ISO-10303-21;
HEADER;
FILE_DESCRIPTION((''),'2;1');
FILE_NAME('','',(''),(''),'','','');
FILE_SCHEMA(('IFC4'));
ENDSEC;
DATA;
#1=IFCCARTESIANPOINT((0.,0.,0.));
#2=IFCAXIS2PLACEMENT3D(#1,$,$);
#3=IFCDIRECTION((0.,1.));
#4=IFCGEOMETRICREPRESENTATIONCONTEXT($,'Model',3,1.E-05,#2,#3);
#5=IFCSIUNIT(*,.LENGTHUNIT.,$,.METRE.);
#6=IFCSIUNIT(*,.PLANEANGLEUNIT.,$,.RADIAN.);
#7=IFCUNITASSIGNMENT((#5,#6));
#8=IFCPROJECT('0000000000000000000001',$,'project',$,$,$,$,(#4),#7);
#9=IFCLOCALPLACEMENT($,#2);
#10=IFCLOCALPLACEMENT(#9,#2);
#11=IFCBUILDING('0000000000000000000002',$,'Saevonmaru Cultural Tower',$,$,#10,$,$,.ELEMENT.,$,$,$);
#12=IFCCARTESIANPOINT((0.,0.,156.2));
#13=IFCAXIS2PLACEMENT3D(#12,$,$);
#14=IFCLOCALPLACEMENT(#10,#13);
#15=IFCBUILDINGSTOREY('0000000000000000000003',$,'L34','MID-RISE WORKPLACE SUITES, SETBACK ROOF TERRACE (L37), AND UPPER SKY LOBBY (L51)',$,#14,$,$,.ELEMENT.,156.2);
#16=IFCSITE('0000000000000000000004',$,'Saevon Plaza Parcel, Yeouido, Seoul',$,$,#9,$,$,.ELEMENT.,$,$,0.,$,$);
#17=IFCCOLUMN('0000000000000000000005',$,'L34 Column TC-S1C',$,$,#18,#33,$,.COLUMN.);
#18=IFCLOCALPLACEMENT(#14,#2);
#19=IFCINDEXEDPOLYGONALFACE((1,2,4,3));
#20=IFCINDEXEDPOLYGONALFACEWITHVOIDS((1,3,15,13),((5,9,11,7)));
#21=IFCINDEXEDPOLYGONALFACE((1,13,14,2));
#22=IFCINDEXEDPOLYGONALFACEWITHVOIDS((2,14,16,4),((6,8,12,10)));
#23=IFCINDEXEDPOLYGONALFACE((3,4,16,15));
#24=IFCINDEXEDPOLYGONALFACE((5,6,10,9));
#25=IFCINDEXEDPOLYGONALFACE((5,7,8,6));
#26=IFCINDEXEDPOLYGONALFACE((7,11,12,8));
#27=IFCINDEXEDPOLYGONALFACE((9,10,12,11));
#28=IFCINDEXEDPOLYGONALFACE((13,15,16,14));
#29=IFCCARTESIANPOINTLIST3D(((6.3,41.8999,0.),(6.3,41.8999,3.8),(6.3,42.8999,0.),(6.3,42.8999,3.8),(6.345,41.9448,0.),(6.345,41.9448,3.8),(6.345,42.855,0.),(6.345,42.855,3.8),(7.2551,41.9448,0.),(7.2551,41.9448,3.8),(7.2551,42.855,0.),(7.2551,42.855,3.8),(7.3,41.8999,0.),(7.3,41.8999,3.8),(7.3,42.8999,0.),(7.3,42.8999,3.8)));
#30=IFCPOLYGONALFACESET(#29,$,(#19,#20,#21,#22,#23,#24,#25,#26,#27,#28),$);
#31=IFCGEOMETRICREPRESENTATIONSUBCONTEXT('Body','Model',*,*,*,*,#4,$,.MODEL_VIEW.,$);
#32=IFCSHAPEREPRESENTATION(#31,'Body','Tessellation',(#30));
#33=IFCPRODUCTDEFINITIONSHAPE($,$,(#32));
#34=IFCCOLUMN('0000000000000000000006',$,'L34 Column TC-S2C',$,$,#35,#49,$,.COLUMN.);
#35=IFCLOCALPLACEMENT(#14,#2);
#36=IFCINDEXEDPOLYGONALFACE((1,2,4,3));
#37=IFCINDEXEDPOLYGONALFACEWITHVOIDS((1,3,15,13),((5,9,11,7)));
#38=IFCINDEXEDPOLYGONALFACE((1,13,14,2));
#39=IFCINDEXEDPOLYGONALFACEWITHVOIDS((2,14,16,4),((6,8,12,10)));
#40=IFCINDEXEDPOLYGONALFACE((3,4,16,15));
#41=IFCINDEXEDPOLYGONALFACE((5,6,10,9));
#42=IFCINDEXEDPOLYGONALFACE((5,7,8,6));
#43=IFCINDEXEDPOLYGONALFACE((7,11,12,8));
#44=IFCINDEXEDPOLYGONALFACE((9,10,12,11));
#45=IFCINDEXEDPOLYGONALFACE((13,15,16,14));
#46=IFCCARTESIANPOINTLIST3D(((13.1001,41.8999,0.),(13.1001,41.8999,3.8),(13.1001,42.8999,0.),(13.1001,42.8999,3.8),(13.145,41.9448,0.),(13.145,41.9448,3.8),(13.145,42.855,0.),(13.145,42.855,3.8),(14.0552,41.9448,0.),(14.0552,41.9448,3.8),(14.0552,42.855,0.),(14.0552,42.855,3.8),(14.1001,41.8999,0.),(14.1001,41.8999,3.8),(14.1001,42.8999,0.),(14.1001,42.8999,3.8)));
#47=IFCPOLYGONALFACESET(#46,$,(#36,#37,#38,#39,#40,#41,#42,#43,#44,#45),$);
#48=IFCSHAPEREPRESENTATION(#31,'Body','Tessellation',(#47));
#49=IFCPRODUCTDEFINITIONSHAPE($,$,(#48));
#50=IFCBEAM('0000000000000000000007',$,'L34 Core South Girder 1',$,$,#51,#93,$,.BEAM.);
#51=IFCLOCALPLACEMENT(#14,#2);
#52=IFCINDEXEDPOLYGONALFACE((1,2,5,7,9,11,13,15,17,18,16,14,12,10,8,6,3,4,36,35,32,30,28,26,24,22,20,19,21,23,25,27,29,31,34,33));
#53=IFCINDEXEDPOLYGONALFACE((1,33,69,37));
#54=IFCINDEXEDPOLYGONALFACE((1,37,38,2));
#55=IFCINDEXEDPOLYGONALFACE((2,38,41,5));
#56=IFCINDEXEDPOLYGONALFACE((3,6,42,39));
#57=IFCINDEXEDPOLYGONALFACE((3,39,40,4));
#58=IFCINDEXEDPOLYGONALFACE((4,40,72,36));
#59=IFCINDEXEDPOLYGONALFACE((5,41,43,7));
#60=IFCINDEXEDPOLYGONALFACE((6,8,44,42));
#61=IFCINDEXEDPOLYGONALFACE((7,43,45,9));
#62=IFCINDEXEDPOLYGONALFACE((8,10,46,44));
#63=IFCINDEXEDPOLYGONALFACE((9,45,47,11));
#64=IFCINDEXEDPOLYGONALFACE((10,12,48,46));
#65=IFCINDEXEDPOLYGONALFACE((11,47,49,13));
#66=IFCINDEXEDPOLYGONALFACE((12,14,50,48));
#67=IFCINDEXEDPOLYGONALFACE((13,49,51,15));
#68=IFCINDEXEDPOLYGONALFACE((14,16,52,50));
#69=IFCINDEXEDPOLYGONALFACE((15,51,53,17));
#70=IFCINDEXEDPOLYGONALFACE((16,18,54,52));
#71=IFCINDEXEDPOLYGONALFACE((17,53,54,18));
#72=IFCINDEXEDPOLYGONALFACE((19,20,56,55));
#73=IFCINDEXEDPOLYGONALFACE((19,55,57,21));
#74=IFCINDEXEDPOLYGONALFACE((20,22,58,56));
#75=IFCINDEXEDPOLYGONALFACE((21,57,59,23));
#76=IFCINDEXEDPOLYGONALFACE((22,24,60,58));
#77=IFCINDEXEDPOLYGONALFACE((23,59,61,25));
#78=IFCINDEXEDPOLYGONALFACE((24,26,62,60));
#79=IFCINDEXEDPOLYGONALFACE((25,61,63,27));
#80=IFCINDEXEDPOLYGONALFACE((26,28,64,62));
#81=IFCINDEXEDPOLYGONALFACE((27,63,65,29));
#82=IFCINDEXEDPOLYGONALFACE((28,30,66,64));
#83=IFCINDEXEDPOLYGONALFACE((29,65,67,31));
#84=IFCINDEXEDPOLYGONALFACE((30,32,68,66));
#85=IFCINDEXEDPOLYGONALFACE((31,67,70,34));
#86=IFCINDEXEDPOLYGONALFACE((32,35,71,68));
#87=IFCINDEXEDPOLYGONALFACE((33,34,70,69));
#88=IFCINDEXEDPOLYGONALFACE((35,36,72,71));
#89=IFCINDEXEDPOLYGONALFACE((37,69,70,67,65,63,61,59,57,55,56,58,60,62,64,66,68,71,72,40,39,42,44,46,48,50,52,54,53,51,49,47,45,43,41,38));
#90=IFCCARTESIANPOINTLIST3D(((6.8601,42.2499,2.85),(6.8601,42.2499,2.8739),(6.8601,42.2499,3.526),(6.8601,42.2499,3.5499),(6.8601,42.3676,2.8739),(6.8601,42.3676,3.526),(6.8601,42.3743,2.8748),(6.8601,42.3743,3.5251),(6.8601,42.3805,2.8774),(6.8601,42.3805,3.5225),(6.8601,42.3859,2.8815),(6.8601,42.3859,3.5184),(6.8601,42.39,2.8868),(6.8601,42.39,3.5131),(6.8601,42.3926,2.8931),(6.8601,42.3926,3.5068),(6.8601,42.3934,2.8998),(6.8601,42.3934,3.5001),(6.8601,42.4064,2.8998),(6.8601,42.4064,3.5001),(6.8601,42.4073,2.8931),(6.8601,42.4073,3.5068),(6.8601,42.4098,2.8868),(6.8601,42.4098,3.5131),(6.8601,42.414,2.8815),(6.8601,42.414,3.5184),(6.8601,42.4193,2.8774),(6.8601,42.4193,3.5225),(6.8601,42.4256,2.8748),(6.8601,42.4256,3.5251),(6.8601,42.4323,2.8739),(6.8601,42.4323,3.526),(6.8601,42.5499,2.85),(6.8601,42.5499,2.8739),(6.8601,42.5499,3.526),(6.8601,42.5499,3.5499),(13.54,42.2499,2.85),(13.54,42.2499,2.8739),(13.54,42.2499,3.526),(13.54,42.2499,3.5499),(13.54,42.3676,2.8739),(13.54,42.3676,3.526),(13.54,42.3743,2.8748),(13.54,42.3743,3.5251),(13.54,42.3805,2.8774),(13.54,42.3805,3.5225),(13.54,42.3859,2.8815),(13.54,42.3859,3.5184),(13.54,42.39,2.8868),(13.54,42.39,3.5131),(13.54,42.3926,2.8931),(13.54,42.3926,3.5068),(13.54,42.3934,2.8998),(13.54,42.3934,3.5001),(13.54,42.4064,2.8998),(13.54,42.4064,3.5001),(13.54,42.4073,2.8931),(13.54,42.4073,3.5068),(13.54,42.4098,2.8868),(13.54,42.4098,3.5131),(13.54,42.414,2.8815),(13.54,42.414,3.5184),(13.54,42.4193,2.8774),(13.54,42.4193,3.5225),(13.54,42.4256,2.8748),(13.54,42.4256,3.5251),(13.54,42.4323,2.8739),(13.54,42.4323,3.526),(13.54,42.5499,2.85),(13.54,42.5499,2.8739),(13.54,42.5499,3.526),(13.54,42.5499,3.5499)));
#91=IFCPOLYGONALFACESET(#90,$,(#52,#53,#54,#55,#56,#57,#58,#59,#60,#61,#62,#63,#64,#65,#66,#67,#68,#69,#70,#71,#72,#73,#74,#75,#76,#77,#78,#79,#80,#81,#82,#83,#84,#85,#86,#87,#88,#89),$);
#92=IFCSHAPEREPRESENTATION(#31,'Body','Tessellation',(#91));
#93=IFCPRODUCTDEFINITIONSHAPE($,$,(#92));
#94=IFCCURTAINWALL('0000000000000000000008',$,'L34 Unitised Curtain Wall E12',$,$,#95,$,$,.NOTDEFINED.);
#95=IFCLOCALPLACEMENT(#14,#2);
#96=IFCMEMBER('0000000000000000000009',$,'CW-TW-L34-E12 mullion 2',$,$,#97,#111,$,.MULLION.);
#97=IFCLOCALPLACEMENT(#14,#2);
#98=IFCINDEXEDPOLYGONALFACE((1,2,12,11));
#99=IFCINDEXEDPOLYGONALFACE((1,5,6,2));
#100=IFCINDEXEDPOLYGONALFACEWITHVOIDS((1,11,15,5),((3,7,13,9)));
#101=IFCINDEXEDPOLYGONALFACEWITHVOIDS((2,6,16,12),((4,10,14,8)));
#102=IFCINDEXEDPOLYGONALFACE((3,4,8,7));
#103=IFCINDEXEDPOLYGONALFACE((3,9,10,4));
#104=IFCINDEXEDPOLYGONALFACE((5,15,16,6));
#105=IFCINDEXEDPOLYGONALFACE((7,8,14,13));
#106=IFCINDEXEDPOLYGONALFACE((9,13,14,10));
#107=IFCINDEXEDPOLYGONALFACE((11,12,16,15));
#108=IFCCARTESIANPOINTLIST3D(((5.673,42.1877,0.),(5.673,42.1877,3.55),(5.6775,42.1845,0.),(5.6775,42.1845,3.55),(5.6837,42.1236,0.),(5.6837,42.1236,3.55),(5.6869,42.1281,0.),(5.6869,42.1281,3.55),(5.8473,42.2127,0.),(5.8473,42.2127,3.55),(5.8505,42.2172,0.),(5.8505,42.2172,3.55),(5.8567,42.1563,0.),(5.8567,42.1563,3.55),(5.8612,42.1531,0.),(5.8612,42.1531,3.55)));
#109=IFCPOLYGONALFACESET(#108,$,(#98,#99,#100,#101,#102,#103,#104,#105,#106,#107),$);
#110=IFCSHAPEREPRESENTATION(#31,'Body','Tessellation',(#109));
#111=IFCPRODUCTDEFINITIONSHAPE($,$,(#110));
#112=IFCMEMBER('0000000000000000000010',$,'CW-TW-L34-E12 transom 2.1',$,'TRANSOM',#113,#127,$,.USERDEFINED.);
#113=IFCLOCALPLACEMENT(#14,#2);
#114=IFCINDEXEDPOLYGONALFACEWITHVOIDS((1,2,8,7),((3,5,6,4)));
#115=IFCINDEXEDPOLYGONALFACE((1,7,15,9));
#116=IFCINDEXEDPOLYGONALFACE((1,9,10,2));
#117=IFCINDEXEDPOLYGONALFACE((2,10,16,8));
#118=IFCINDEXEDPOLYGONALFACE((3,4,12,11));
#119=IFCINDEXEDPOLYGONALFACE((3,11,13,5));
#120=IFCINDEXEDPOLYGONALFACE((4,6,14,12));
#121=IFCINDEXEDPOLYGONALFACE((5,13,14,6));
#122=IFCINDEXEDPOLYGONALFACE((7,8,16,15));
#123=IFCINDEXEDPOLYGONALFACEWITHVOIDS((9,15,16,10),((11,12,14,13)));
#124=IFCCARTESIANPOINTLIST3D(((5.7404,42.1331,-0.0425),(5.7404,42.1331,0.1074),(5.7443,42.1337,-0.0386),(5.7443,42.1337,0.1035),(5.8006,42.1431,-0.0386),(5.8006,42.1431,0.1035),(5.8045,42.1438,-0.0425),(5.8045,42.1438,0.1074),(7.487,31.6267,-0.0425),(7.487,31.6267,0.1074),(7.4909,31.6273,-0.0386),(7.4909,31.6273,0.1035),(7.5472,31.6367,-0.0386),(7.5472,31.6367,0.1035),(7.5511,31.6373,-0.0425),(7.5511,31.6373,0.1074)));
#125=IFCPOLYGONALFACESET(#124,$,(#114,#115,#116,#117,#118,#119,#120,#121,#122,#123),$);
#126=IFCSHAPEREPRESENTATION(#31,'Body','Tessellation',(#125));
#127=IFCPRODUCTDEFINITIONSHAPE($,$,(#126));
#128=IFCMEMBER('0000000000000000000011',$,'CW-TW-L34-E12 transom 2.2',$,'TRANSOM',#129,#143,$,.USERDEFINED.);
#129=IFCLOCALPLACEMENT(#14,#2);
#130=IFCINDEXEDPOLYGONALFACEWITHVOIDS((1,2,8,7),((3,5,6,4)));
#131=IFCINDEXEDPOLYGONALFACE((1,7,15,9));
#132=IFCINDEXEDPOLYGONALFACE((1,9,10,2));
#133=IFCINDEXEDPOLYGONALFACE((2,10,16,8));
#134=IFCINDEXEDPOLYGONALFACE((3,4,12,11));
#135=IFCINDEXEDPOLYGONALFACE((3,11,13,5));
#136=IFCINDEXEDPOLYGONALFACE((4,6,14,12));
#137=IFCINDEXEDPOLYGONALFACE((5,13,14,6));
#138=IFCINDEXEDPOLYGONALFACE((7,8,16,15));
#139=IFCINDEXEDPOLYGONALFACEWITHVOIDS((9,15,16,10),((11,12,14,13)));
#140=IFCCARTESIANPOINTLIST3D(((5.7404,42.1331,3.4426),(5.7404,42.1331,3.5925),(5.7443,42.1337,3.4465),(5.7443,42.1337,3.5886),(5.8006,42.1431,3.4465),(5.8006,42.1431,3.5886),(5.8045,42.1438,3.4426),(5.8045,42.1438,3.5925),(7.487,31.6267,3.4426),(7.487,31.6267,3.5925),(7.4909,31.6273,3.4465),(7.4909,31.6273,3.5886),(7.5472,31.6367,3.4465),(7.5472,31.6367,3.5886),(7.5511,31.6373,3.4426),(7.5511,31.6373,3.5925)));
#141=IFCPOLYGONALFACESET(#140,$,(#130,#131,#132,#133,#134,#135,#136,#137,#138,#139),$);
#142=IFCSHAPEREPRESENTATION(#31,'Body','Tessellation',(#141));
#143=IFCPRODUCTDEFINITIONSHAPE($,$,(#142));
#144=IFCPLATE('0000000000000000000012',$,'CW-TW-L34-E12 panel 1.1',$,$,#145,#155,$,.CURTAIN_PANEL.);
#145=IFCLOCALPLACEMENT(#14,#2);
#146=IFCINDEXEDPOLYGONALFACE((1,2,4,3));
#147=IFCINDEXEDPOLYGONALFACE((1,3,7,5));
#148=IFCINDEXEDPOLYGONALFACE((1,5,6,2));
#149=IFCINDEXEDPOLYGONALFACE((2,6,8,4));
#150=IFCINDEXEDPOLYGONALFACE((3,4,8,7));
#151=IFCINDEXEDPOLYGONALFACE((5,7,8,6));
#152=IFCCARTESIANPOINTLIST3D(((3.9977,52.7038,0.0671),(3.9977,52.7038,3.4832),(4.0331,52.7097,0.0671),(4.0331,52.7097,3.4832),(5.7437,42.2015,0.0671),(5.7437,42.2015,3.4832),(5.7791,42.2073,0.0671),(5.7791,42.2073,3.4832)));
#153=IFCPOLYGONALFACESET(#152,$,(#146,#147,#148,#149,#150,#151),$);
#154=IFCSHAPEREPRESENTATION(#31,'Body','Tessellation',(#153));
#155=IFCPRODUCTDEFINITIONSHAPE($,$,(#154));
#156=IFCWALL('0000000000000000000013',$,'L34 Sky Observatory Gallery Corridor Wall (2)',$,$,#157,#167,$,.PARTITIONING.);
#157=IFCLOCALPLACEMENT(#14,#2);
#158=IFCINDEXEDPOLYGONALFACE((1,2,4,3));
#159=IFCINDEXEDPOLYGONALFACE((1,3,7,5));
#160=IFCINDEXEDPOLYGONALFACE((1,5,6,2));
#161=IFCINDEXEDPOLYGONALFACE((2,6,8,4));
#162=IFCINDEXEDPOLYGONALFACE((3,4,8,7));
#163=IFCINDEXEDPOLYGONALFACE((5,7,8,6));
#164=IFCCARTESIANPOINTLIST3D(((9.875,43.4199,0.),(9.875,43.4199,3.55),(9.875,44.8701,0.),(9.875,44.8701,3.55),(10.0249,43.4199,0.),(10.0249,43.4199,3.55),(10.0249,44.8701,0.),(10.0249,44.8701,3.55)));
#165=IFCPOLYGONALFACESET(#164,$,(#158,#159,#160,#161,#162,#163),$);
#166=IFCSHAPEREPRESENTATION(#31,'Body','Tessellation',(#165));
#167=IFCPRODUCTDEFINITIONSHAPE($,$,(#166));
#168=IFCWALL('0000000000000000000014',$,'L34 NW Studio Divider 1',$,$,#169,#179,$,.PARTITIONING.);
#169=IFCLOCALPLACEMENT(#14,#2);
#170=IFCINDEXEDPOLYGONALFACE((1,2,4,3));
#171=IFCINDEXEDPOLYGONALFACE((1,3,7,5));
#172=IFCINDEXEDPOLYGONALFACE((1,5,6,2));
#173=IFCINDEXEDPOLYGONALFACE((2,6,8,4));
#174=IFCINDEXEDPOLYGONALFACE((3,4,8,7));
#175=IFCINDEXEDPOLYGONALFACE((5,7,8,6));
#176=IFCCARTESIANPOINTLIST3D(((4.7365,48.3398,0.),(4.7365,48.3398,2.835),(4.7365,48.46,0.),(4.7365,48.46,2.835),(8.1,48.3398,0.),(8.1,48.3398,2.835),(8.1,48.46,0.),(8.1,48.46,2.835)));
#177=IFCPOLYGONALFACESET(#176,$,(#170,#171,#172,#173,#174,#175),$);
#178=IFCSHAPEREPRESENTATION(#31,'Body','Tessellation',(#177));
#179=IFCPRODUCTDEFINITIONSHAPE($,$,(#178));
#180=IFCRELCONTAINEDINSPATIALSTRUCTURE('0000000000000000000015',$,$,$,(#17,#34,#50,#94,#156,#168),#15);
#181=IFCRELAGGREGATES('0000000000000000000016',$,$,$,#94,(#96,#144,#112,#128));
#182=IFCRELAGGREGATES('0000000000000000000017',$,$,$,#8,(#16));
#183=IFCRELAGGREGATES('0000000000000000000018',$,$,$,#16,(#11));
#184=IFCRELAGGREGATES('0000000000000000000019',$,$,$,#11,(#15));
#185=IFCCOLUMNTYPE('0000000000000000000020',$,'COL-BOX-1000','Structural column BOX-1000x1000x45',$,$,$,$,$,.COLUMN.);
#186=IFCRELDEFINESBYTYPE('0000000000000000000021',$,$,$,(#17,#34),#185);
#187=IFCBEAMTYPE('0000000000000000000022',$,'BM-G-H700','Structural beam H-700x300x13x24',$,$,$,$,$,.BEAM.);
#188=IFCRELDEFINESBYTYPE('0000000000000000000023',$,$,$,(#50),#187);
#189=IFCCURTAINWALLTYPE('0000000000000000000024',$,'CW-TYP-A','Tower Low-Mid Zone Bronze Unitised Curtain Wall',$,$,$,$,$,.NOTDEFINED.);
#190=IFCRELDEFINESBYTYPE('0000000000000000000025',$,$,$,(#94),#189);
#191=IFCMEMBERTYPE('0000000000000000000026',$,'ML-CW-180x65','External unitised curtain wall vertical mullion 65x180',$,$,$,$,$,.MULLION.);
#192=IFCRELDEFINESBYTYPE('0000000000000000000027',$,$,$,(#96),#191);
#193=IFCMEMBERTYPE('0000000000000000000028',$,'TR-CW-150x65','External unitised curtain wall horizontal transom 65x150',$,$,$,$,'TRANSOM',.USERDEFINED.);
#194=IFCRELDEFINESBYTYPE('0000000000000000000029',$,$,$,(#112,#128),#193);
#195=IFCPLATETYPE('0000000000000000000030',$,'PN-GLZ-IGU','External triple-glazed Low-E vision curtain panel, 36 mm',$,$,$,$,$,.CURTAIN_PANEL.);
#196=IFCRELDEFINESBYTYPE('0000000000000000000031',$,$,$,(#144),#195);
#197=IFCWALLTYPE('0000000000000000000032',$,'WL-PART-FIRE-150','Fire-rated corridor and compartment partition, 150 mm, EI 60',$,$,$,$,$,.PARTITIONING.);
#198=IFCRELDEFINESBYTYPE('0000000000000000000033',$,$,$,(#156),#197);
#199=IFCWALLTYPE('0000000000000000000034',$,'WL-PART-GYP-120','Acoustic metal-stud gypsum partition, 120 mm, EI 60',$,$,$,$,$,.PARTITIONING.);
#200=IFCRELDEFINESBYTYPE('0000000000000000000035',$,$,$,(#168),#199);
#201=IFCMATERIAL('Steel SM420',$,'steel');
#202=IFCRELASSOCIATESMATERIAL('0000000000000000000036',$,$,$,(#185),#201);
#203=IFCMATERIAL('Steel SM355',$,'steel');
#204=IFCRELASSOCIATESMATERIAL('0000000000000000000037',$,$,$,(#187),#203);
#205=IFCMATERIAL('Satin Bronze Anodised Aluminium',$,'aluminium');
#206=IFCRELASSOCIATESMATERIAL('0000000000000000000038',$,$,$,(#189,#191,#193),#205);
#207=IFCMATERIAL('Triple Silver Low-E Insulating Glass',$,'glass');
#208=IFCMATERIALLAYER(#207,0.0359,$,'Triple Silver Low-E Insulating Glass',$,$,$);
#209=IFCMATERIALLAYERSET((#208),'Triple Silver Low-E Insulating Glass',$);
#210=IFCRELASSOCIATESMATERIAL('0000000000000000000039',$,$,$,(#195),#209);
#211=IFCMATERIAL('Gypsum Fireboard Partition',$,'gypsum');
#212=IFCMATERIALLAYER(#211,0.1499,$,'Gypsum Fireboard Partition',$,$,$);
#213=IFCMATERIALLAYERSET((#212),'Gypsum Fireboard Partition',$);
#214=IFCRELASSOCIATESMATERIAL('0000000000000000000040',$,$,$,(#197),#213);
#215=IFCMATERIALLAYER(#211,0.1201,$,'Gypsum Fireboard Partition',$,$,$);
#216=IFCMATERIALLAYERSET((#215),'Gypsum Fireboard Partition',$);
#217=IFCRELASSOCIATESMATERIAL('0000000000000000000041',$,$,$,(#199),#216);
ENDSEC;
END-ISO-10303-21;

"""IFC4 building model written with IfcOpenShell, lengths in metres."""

from ifc_helpers import new_model, si_unit, direction, frame, frame_2d, origin, origin_2d, place, context, subcontext, project, spatial, rectangle, hollow_rectangle, i_section, extrude, material, layer, layer_set, material_profile, profile_set, type_object, element, aggregate, save


model = new_model("IFC4")

# Units and contexts
model_context = context("Model", 3, precision=1e-05, world=origin(), true_north=direction((0.0, 1.0)))
body_context = subcontext(model_context, "Body", "Model", "MODEL_VIEW")
ifc_project = project(units=[si_unit("LENGTHUNIT", "METRE"), si_unit("PLANEANGLEUNIT", "RADIAN")], contexts=[model_context])

# Site, building, storey
site_placement = place(None, origin())
site = spatial("IfcSite", under=ifc_project, at=site_placement, Name="Saevon Plaza Parcel, Yeouido, Seoul", CompositionType="ELEMENT", RefElevation=0.0)
building_placement = place(site_placement, origin())
building = spatial("IfcBuilding", under=site, at=building_placement, Name="Saevonmaru Cultural Tower", CompositionType="ELEMENT")
storey_placement = place(building_placement, frame((0.0, 0.0, 156.2)))
storey = spatial("IfcBuildingStorey", under=building, at=storey_placement, Name="L34", Description="MID-RISE WORKPLACE SUITES, SETBACK ROOF TERRACE (L37), AND UPPER SKY LOBBY (L51)", CompositionType="ELEMENT", Elevation=156.2)

# Columns
ifc_material_1 = material(Name="Steel SM420", Category="steel")
ifc_material_profile_1 = material_profile(ifc_material_1, hollow_rectangle(XDim=1.0, YDim=1.0, WallThickness=0.0449, at=origin_2d()), Name="BOX-1000x1000x45")
ifc_profile_set_1 = profile_set([ifc_material_profile_1], Name="Steel SM420")
column_type = type_object("IfcColumnType", Name="COL-BOX-1000", Description="Structural column BOX-1000x1000x45", PredefinedType="COLUMN", material=ifc_profile_set_1)
for number, where, z_axis, x_axis, name in (
    (1, (6.8, 42.3999, 0.0), (0.0, 0.0, 1.0), (1.0, 0.0, 0.0), "L34 Column TC-S1C"),
    (2, (13.6001, 42.3999, 0.0), (0.0, 0.0, 1.0), (1.0, 0.0, 0.0), "L34 Column TC-S2C"),
):
    element("IfcColumn", number, at=place(storey_placement, frame(where, z_axis=z_axis, x_axis=x_axis)), inside=storey, type_object=column_type, Name=name, PredefinedType="COLUMN", context=body_context, shape_type="SweptSolid", body=[
        extrude(hollow_rectangle(XDim=1.0, YDim=1.0, WallThickness=0.0449, at=origin_2d()), origin(), (0.0, 0.0, 1.0), 3.8),
    ])

# Beam
ifc_material_2 = material(Name="Steel SM355", Category="steel")
ifc_material_profile_2 = material_profile(ifc_material_2, i_section(OverallWidth=0.3, OverallDepth=0.7, WebThickness=0.0129, FlangeThickness=0.0239, FilletRadius=0.0259, at=origin_2d()), Name="H-700x300x13x24")
ifc_profile_set_2 = profile_set([ifc_material_profile_2], Name="Steel SM355")
beam_type = type_object("IfcBeamType", Name="BM-G-H700", Description="Structural beam H-700x300x13x24", PredefinedType="BEAM", material=ifc_profile_set_2)
beam_placement = place(storey_placement, frame((6.8601, 42.3999, 3.2), z_axis=(1.0, 0.0, 0.0), x_axis=(0.0, 1.0, 0.0)))
element("IfcBeam", 3, at=beam_placement, inside=storey, type_object=beam_type, Name="L34 Core South Girder 1", PredefinedType="BEAM", context=body_context, shape_type="SweptSolid", body=[
    extrude(i_section(OverallWidth=0.3, OverallDepth=0.7, WebThickness=0.0129, FlangeThickness=0.0239, FilletRadius=0.0259, at=origin_2d()), origin(), (0.0, 0.0, 1.0), 6.6799),
])

# Curtain wall, members, plate
ifc_material_3 = material(Name="Satin Bronze Anodised Aluminium", Category="aluminium")
curtain_wall_type = type_object("IfcCurtainWallType", Name="CW-TYP-A", Description="Tower Low-Mid Zone Bronze Unitised Curtain Wall", PredefinedType="NOTDEFINED", material=ifc_material_3)
curtain_wall_placement = place(storey_placement, origin())
curtain_wall = element("IfcCurtainWall", 4, at=curtain_wall_placement, inside=storey, type_object=curtain_wall_type, Name="L34 Unitised Curtain Wall E12", PredefinedType="NOTDEFINED")
ifc_material_profile_3 = material_profile(ifc_material_3, hollow_rectangle(XDim=0.0649, YDim=0.1799, WallThickness=0.0039, at=origin_2d()), Name="ALU-MULL-180x65x4")
ifc_profile_set_3 = profile_set([ifc_material_profile_3], Name="Satin Bronze Anodised Aluminium")
member_type_1 = type_object("IfcMemberType", Name="ML-CW-180x65", Description="External unitised curtain wall vertical mullion 65x180", PredefinedType="MULLION", material=ifc_profile_set_3)
member_1_placement = place(storey_placement, frame((5.7671, 42.1704, 0.0), z_axis=(0.0, 0.0, 1.0), x_axis=(0.163999, -0.986461, 0.0)))
member_1 = element("IfcMember", 5, at=member_1_placement, type_object=member_type_1, Name="CW-TW-L34-E12 mullion 2", PredefinedType="MULLION", context=body_context, shape_type="SweptSolid", body=[
    extrude(hollow_rectangle(XDim=0.0649, YDim=0.1799, WallThickness=0.0039, at=origin_2d()), origin(), (0.0, 0.0, 1.0), 3.55),
])
ifc_material_profile_4 = material_profile(ifc_material_3, hollow_rectangle(XDim=0.0649, YDim=0.1499, WallThickness=0.0039, at=origin_2d()), Name="ALU-TRAN-150x65x4")
ifc_profile_set_4 = profile_set([ifc_material_profile_4], Name="Satin Bronze Anodised Aluminium")
member_type_2 = type_object("IfcMemberType", Name="TR-CW-150x65", Description="External unitised curtain wall horizontal transom 65x150", ElementType="TRANSOM", PredefinedType="USERDEFINED", material=ifc_profile_set_4)
member_2_placement = place(storey_placement, frame((5.7725, 42.1384, 0.0325), z_axis=(0.16399, -0.986462, 0.0), x_axis=(0.986462, 0.16399, 0.0)))
member_2 = element("IfcMember", 6, at=member_2_placement, type_object=member_type_2, Name="CW-TW-L34-E12 transom 2.1", ObjectType="TRANSOM", PredefinedType="USERDEFINED", context=body_context, shape_type="SweptSolid", body=[
    extrude(hollow_rectangle(XDim=0.0649, YDim=0.1499, WallThickness=0.0039, at=origin_2d()), origin(), (0.0, 0.0, 1.0), 10.6506),
])
member_3_placement = place(storey_placement, frame((5.7725, 42.1384, 3.5176), z_axis=(0.16399, -0.986462, 0.0), x_axis=(0.986462, 0.16399, 0.0)))
member_3 = element("IfcMember", 7, at=member_3_placement, type_object=member_type_2, Name="CW-TW-L34-E12 transom 2.2", ObjectType="TRANSOM", PredefinedType="USERDEFINED", context=body_context, shape_type="SweptSolid", body=[
    extrude(hollow_rectangle(XDim=0.0649, YDim=0.1499, WallThickness=0.0039, at=origin_2d()), origin(), (0.0, 0.0, 1.0), 10.6506),
])
ifc_material_4 = material(Name="Triple Silver Low-E Insulating Glass", Category="glass")
ifc_layer_1 = layer(ifc_material_4, 0.0359, Name="Triple Silver Low-E Insulating Glass")
ifc_layer_set_1 = layer_set([ifc_layer_1], Name="Triple Silver Low-E Insulating Glass")
plate_type = type_object("IfcPlateType", Name="PN-GLZ-IGU", Description="External triple-glazed Low-E vision curtain panel, 36 mm", PredefinedType="CURTAIN_PANEL", material=ifc_layer_set_1)
plate_placement = place(storey_placement, frame((4.8884, 47.4556, 0.0671), z_axis=(0.0, 0.0, 1.0), x_axis=(0.163999, -0.986461, 0.0)))
plate = element("IfcPlate", 8, at=plate_placement, type_object=plate_type, Name="CW-TW-L34-E12 panel 1.1", PredefinedType="CURTAIN_PANEL", context=body_context, shape_type="SweptSolid", body=[
    extrude(rectangle(XDim=10.6465, YDim=0.0359, at=origin_2d()), origin(), (0.0, 0.0, 1.0), 3.416),
])
aggregate(curtain_wall, [member_1, plate, member_2, member_3])

# Walls
ifc_material_5 = material(Name="Gypsum Fireboard Partition", Category="gypsum")
ifc_layer_2 = layer(ifc_material_5, 0.1499, Name="Gypsum Fireboard Partition")
ifc_layer_set_2 = layer_set([ifc_layer_2], Name="Gypsum Fireboard Partition")
wall_type_1 = type_object("IfcWallType", Name="WL-PART-FIRE-150", Description="Fire-rated corridor and compartment partition, 150 mm, EI 60", PredefinedType="PARTITIONING", material=ifc_layer_set_2)
wall_1_placement = place(storey_placement, frame((9.95, 43.4199, 0.0), z_axis=(0.0, 0.0, 1.0), x_axis=(0.0, 1.0, 0.0)))
element("IfcWall", 9, at=wall_1_placement, inside=storey, type_object=wall_type_1, Name="L34 Sky Observatory Gallery Corridor Wall (2)", PredefinedType="PARTITIONING", context=body_context, shape_type="SweptSolid", body=[
    extrude(rectangle(XDim=1.4502, YDim=0.1499, at=frame_2d((0.7251, 0.0))), origin(), (0.0, 0.0, 1.0), 3.55),
])
ifc_layer_3 = layer(ifc_material_5, 0.1201, Name="Gypsum Fireboard Partition")
ifc_layer_set_3 = layer_set([ifc_layer_3], Name="Gypsum Fireboard Partition")
wall_type_2 = type_object("IfcWallType", Name="WL-PART-GYP-120", Description="Acoustic metal-stud gypsum partition, 120 mm, EI 60", PredefinedType="PARTITIONING", material=ifc_layer_set_3)
wall_2_placement = place(storey_placement, frame((4.7366, 48.3999, 0.0), z_axis=(0.0, 0.0, 1.0), x_axis=(1.0, 0.0, 0.0)))
element("IfcWall", 10, at=wall_2_placement, inside=storey, type_object=wall_type_2, Name="L34 NW Studio Divider 1", PredefinedType="PARTITIONING", context=body_context, shape_type="SweptSolid", body=[
    extrude(rectangle(XDim=3.3635, YDim=0.1201, at=frame_2d((1.6816, 0.0))), origin(), (0.0, 0.0, 1.0), 2.835),
])

save(model, "model.ifc")
